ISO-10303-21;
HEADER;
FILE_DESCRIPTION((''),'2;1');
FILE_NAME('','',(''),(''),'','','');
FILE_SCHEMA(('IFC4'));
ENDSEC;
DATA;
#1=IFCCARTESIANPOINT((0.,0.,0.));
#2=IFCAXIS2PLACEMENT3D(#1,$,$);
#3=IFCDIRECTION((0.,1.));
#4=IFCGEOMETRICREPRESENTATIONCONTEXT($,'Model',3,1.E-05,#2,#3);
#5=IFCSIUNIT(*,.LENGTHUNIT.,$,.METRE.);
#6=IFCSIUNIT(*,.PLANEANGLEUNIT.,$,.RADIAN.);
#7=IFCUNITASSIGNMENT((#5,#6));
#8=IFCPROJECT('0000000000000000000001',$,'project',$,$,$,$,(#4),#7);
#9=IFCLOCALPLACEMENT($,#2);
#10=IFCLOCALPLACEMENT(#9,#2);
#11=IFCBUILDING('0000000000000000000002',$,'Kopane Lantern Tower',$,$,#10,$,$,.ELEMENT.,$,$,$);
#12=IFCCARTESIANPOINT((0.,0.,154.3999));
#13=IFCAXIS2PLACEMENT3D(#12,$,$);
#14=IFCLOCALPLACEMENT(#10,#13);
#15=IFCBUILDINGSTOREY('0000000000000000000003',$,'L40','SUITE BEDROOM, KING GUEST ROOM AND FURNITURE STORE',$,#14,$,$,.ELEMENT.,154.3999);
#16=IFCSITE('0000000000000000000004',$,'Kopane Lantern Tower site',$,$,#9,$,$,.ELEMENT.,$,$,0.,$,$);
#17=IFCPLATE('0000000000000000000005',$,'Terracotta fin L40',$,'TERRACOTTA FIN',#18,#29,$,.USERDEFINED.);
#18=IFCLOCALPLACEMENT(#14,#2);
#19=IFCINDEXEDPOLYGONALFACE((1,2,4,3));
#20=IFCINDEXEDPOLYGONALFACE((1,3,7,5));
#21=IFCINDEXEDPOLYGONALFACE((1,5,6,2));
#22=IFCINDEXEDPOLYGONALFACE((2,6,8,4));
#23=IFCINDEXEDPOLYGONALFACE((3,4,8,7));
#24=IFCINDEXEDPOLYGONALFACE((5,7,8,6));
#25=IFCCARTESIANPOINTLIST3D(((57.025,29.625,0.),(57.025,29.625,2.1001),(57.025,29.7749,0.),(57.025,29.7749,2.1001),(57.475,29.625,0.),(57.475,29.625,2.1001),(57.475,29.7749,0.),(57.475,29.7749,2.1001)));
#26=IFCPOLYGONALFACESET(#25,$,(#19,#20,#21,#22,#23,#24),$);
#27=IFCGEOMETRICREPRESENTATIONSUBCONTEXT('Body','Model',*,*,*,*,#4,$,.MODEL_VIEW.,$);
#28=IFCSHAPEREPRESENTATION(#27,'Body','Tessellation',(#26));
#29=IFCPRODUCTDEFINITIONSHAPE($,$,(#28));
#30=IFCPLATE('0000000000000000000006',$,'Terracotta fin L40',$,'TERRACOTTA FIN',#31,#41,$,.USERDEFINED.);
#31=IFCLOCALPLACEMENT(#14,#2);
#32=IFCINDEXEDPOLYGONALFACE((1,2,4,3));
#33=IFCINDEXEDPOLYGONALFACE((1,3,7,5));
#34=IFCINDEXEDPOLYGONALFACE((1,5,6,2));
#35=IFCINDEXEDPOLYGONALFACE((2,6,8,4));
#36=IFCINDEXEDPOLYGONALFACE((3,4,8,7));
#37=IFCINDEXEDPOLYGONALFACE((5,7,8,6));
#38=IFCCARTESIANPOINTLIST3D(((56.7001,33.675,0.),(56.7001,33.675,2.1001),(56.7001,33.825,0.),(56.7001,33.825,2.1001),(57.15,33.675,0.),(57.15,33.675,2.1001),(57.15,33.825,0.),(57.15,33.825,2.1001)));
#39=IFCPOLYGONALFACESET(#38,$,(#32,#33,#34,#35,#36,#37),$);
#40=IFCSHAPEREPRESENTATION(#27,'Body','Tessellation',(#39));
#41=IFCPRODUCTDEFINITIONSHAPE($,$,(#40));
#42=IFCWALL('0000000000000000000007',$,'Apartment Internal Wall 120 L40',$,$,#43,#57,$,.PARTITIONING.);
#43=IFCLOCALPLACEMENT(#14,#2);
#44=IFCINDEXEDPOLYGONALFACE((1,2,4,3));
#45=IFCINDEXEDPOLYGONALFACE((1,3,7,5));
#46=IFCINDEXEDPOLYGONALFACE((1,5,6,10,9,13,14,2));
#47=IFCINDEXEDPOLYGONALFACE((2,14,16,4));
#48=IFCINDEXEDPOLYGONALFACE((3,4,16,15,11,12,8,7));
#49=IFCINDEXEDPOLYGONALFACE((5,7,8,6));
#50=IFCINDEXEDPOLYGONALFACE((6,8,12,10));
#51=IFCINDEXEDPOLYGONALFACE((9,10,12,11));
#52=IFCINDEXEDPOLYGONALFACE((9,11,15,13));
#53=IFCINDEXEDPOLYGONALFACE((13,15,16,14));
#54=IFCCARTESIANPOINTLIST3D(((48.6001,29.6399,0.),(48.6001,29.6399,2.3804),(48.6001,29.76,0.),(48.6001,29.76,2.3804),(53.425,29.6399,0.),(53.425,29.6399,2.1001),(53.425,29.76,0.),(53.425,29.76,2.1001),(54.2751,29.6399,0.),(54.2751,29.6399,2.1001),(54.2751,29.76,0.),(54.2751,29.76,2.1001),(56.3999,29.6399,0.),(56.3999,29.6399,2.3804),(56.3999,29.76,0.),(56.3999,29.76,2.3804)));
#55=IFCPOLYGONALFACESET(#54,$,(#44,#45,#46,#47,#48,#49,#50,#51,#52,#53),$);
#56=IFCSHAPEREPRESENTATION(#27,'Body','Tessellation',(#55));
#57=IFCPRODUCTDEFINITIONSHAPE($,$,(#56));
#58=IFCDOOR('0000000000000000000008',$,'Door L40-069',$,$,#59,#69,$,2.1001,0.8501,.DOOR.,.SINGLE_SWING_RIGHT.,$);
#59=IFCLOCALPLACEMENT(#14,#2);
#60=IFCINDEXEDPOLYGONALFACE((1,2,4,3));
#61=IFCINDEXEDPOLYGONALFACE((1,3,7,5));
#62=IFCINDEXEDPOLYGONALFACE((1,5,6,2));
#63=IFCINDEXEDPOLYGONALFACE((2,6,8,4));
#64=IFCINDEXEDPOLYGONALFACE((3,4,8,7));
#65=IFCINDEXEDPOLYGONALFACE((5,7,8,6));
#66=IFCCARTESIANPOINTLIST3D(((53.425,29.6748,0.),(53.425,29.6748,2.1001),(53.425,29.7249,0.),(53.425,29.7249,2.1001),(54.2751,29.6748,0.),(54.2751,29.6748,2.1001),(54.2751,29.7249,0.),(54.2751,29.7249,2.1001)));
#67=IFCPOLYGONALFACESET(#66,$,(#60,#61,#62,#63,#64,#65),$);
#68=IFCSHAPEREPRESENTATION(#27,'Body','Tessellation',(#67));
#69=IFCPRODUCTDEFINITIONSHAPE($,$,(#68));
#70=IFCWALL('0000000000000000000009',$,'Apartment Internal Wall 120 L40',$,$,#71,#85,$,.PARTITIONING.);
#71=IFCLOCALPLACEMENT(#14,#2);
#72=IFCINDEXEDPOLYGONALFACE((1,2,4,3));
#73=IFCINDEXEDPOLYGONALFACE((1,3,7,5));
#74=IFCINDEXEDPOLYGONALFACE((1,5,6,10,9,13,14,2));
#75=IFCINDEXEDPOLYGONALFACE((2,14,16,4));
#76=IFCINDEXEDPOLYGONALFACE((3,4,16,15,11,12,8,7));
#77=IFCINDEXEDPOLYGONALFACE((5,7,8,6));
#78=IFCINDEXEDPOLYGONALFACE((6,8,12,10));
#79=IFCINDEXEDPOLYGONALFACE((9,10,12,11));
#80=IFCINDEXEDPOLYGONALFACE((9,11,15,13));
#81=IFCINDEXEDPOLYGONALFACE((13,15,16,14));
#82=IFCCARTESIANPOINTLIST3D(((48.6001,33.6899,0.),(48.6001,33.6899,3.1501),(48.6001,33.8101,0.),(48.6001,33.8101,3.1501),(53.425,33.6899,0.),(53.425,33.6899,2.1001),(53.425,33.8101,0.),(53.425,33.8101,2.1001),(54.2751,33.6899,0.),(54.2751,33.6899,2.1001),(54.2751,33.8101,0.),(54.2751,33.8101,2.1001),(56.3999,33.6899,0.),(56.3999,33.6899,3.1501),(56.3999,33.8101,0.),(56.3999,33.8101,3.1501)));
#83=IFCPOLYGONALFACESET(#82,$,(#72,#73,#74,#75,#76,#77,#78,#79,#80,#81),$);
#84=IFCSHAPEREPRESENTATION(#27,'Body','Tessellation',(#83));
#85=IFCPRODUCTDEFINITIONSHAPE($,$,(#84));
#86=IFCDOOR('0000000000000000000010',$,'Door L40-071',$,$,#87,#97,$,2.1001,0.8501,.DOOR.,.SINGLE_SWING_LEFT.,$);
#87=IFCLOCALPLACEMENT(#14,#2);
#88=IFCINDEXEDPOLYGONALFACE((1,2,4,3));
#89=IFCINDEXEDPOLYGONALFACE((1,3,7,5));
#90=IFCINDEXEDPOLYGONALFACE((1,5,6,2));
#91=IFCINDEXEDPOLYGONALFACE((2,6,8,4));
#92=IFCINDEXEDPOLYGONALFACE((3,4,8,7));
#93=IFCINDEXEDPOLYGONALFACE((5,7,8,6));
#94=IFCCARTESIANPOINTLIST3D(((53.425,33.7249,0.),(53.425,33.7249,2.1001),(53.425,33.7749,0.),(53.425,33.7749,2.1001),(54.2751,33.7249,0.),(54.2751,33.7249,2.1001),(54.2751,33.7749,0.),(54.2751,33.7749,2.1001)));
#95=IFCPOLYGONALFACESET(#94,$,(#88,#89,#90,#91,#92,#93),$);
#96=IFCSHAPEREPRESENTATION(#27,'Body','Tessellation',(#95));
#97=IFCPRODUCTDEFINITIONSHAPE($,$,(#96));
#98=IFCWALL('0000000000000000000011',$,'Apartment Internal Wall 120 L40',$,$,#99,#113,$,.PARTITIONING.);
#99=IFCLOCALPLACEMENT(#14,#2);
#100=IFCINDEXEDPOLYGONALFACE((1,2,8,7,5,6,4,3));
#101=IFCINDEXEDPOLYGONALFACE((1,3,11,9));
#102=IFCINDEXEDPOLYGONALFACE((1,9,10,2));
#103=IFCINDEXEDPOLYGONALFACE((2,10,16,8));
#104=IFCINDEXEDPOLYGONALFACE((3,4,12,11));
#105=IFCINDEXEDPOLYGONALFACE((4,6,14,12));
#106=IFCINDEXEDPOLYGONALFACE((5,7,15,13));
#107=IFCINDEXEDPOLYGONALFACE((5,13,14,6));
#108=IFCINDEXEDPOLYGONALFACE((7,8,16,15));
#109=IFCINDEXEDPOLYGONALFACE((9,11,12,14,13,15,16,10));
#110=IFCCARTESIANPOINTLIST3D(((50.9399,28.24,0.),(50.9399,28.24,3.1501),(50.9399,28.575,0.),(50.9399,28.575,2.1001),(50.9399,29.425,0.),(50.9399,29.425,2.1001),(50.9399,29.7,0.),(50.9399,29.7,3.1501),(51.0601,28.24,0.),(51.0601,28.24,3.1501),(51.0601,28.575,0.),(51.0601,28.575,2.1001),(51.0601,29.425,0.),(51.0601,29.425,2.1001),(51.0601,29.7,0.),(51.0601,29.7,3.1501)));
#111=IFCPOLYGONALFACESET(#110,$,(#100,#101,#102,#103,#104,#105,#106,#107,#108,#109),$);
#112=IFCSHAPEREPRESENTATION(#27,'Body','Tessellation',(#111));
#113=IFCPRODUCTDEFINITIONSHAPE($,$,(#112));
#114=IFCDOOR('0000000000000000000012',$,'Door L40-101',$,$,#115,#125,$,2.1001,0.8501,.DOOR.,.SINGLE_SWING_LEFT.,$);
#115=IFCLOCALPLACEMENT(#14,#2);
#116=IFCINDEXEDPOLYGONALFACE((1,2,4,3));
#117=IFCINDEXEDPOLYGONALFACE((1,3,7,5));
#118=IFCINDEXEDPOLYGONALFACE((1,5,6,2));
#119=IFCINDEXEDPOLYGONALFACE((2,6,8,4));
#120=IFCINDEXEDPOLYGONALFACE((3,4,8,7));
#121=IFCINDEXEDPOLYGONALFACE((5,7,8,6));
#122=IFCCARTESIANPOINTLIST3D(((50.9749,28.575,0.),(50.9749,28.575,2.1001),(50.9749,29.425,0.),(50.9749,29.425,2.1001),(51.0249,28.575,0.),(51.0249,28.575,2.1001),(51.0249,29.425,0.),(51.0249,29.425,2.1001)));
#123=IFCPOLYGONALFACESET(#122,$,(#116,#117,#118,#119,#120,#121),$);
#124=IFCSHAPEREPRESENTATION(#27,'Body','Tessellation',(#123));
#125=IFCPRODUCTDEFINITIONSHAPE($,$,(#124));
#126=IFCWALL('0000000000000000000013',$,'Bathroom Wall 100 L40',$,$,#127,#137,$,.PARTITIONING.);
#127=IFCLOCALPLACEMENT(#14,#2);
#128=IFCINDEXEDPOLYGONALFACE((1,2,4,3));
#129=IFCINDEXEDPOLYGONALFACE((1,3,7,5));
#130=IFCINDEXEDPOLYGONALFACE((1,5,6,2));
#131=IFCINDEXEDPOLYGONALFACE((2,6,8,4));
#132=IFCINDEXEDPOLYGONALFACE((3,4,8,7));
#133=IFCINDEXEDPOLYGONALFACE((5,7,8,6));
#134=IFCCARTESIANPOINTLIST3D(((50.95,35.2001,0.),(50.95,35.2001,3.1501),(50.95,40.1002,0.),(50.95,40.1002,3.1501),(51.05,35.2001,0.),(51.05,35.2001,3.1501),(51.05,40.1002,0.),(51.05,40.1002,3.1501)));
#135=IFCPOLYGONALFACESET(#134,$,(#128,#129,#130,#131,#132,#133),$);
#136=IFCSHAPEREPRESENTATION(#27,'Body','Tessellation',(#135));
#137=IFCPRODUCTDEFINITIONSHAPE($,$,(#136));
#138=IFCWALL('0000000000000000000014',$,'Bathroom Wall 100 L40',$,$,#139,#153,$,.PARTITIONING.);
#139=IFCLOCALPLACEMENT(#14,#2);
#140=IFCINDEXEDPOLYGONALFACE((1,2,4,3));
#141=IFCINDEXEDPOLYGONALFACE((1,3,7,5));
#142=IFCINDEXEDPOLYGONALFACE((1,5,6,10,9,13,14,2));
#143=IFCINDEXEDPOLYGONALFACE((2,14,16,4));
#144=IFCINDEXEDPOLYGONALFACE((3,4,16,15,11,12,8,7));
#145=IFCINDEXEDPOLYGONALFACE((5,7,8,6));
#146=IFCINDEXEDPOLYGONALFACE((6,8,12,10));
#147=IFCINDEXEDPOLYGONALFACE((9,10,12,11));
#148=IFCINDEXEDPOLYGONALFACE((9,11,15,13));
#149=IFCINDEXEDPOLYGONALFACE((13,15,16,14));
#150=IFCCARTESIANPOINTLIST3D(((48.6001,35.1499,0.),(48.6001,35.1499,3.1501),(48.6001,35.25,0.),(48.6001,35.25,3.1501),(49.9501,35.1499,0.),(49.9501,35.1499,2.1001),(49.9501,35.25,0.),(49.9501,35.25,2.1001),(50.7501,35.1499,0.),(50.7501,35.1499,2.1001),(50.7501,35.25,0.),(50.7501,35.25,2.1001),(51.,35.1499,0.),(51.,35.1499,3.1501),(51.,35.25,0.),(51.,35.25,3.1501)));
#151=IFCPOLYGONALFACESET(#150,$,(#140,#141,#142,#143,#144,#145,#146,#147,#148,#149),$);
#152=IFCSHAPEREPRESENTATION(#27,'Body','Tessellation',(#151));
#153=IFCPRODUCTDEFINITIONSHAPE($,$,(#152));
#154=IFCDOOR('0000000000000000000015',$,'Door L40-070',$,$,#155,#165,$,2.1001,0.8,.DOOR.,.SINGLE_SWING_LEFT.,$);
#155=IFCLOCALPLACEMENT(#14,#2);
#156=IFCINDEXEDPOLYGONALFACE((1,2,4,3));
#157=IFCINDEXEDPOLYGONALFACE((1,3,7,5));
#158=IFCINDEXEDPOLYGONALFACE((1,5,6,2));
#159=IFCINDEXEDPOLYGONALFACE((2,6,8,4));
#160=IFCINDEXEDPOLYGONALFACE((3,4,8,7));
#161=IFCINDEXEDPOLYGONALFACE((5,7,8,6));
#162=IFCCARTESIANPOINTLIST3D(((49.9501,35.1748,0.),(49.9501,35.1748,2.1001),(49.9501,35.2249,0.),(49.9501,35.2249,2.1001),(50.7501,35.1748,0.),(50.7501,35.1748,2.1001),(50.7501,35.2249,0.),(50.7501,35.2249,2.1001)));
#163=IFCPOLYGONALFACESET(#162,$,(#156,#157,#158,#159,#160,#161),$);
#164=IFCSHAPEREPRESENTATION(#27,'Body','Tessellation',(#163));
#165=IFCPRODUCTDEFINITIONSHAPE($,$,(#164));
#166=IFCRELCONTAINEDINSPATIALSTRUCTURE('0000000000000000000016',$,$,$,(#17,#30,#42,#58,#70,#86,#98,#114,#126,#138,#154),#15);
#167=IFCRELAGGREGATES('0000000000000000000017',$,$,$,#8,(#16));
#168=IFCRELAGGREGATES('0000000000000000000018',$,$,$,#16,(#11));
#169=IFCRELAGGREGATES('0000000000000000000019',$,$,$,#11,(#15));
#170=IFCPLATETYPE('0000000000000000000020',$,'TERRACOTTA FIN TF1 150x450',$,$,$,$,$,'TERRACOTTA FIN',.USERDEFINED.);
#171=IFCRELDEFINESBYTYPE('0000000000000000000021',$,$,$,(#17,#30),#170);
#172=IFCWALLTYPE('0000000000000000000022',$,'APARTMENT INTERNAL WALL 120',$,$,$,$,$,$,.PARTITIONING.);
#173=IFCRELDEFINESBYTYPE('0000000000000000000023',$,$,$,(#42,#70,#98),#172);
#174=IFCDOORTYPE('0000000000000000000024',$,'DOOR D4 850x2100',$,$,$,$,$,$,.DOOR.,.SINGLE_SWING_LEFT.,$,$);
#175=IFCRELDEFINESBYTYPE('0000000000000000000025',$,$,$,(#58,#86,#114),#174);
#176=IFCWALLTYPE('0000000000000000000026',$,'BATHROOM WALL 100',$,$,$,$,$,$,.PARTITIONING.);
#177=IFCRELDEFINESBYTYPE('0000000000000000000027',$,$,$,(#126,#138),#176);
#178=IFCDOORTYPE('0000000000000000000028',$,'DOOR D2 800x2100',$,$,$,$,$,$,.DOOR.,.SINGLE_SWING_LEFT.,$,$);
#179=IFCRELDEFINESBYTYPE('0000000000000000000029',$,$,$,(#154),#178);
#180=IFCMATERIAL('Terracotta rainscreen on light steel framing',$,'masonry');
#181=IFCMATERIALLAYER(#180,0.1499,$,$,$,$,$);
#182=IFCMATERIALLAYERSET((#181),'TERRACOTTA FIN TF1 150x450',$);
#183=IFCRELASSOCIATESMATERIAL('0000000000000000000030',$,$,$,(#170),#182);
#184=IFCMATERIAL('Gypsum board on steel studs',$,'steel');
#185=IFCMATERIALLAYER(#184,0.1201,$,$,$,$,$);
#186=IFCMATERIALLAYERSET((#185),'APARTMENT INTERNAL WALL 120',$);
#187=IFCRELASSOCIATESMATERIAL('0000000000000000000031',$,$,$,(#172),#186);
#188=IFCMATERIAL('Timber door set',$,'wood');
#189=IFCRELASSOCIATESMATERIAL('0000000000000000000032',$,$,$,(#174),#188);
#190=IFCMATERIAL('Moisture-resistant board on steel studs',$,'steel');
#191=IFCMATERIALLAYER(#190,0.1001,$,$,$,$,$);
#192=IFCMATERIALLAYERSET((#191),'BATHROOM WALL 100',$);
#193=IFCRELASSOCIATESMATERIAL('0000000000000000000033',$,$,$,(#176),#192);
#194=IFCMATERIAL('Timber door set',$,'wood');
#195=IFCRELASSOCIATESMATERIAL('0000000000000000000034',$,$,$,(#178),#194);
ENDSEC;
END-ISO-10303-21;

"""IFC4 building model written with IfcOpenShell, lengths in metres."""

from ifc_helpers import new_model, si_unit, direction, frame, frame_2d, origin, origin_2d, place, context, subcontext, project, spatial, rectangle, extrude, material, layer, layer_set, type_object, element, fill, save


model = new_model("IFC4")

# Units and contexts
model_context = context("Model", 3, precision=1e-05, world=origin(), true_north=direction((0.0, 1.0)))
body_context = subcontext(model_context, "Body", "Model", "MODEL_VIEW")
ifc_project = project(units=[si_unit("LENGTHUNIT", "METRE"), si_unit("PLANEANGLEUNIT", "RADIAN")], contexts=[model_context])

# Site, building, storey
site_placement = place(None, origin())
site = spatial("IfcSite", under=ifc_project, at=site_placement, Name="Kopane Lantern Tower site", CompositionType="ELEMENT", RefElevation=0.0)
building_placement = place(site_placement, origin())
building = spatial("IfcBuilding", under=site, at=building_placement, Name="Kopane Lantern Tower", CompositionType="ELEMENT")
storey_placement = place(building_placement, frame((0.0, 0.0, 154.3999)))
storey = spatial("IfcBuildingStorey", under=building, at=storey_placement, Name="L40", Description="SUITE BEDROOM, KING GUEST ROOM AND FURNITURE STORE", CompositionType="ELEMENT", Elevation=154.3999)

# Plates
ifc_material_1 = material(Name="Terracotta rainscreen on light steel framing", Category="masonry")
ifc_layer_1 = layer(ifc_material_1, 0.1499)
ifc_layer_set_1 = layer_set([ifc_layer_1], Name="TERRACOTTA FIN TF1 150x450")
plate_type = type_object("IfcPlateType", Name="TERRACOTTA FIN TF1 150x450", ElementType="TERRACOTTA FIN", PredefinedType="USERDEFINED", material=ifc_layer_set_1)
for number, where, z_axis, x_axis, name in (
    (1, (57.25, 29.7, 0.0), (0.0, 0.0, 1.0), (0.0, 1.0, 0.0), "Terracotta fin L40"),
    (2, (56.925, 33.75, 0.0), (0.0, 0.0, 1.0), (0.0, 1.0, 0.0), "Terracotta fin L40"),
):
    element("IfcPlate", number, at=place(storey_placement, frame(where, z_axis=z_axis, x_axis=x_axis)), inside=storey, type_object=plate_type, Name=name, ObjectType="TERRACOTTA FIN", PredefinedType="USERDEFINED", context=body_context, shape_type="SweptSolid", body=[
        extrude(rectangle(XDim=0.1499, YDim=0.45, at=origin_2d()), origin(), (0.0, 0.0, 1.0), 2.1001),
    ])

# Walls, openings, doors
ifc_material_2 = material(Name="Gypsum board on steel studs", Category="steel")
ifc_layer_2 = layer(ifc_material_2, 0.1201)
ifc_layer_set_2 = layer_set([ifc_layer_2], Name="APARTMENT INTERNAL WALL 120")
wall_type_1 = type_object("IfcWallType", Name="APARTMENT INTERNAL WALL 120", PredefinedType="PARTITIONING", material=ifc_layer_set_2)
wall_1_placement = place(storey_placement, frame((48.6001, 29.7, 0.0), z_axis=(0.0, 0.0, 1.0), x_axis=(1.0, 0.0, 0.0)))
wall_1 = element("IfcWall", 3, at=wall_1_placement, inside=storey, type_object=wall_type_1, Name="Apartment Internal Wall 120 L40", PredefinedType="PARTITIONING", context=body_context, shape_type="SweptSolid", body=[
    extrude(rectangle(XDim=7.7998, YDim=0.1201, at=frame_2d((3.8999, 0.0))), origin(), (0.0, 0.0, 1.0), 2.3804),
])
opening_1_placement = place(wall_1_placement, frame((4.825, 0.0, 0.0)))
opening_1 = element("IfcOpeningElement", 4, at=opening_1_placement, cuts=wall_1, PredefinedType="OPENING", context=body_context, shape_type="SweptSolid", body=[
    extrude(rectangle(XDim=0.8501, YDim=2.1001, at=frame_2d((0.425, 1.05))), frame((0.0, 0.0701, 0.0), z_axis=(0.0, -1.0, 0.0), x_axis=(1.0, 0.0, 0.0)), (0.0, 0.0, 1.0), 0.1401),
])
ifc_material_3 = material(Name="Timber door set", Category="wood")
door_type_1 = type_object("IfcDoorType", Name="DOOR D4 850x2100", OperationType="SINGLE_SWING_LEFT", PredefinedType="DOOR", material=ifc_material_3)
door_1_placement = place(opening_1_placement, origin())
door_1 = element("IfcDoor", 5, at=door_1_placement, inside=storey, type_object=door_type_1, Name="Door L40-069", OperationType="SINGLE_SWING_RIGHT", OverallHeight=2.1001, OverallWidth=0.8501, PredefinedType="DOOR", context=body_context, shape_type="SweptSolid", body=[
    extrude(rectangle(XDim=0.8501, YDim=2.1001, at=frame_2d((0.425, 1.05))), frame((0.0, 0.0249, 0.0), z_axis=(0.0, -1.0, 0.0), x_axis=(1.0, 0.0, 0.0)), (0.0, 0.0, 1.0), 0.05),
])
fill(opening_1, door_1)
wall_2_placement = place(storey_placement, frame((48.6001, 33.75, 0.0), z_axis=(0.0, 0.0, 1.0), x_axis=(1.0, 0.0, 0.0)))
wall_2 = element("IfcWall", 6, at=wall_2_placement, inside=storey, type_object=wall_type_1, Name="Apartment Internal Wall 120 L40", PredefinedType="PARTITIONING", context=body_context, shape_type="SweptSolid", body=[
    extrude(rectangle(XDim=7.7998, YDim=0.1201, at=frame_2d((3.8999, 0.0))), origin(), (0.0, 0.0, 1.0), 3.1501),
])
opening_2_placement = place(wall_2_placement, frame((4.825, 0.0, 0.0)))
opening_2 = element("IfcOpeningElement", 7, at=opening_2_placement, cuts=wall_2, PredefinedType="OPENING", context=body_context, shape_type="SweptSolid", body=[
    extrude(rectangle(XDim=0.8501, YDim=2.1001, at=frame_2d((0.425, 1.05))), frame((0.0, 0.0701, 0.0), z_axis=(0.0, -1.0, 0.0), x_axis=(1.0, 0.0, 0.0)), (0.0, 0.0, 1.0), 0.1401),
])
door_2_placement = place(opening_2_placement, origin())
door_2 = element("IfcDoor", 8, at=door_2_placement, inside=storey, type_object=door_type_1, Name="Door L40-071", OperationType="SINGLE_SWING_LEFT", OverallHeight=2.1001, OverallWidth=0.8501, PredefinedType="DOOR", context=body_context, shape_type="SweptSolid", body=[
    extrude(rectangle(XDim=0.8501, YDim=2.1001, at=frame_2d((0.425, 1.05))), frame((0.0, 0.0249, 0.0), z_axis=(0.0, -1.0, 0.0), x_axis=(1.0, 0.0, 0.0)), (0.0, 0.0, 1.0), 0.05),
])
fill(opening_2, door_2)
wall_3_placement = place(storey_placement, frame((51.0, 29.7, 0.0), z_axis=(0.0, 0.0, 1.0), x_axis=(0.0, -1.0, 0.0)))
wall_3 = element("IfcWall", 9, at=wall_3_placement, inside=storey, type_object=wall_type_1, Name="Apartment Internal Wall 120 L40", PredefinedType="PARTITIONING", context=body_context, shape_type="SweptSolid", body=[
    extrude(rectangle(XDim=1.46, YDim=0.1201, at=frame_2d((0.73, 0.0))), origin(), (0.0, 0.0, 1.0), 3.1501),
])
opening_3_placement = place(wall_3_placement, frame((0.2749, 0.0, 0.0)))
opening_3 = element("IfcOpeningElement", 10, at=opening_3_placement, cuts=wall_3, PredefinedType="OPENING", context=body_context, shape_type="SweptSolid", body=[
    extrude(rectangle(XDim=0.8501, YDim=2.1001, at=frame_2d((0.425, 1.05))), frame((0.0, 0.0701, 0.0), z_axis=(0.0, -1.0, 0.0), x_axis=(1.0, 0.0, 0.0)), (0.0, 0.0, 1.0), 0.1401),
])
door_3_placement = place(opening_3_placement, origin())
door_3 = element("IfcDoor", 11, at=door_3_placement, inside=storey, type_object=door_type_1, Name="Door L40-101", OperationType="SINGLE_SWING_LEFT", OverallHeight=2.1001, OverallWidth=0.8501, PredefinedType="DOOR", context=body_context, shape_type="SweptSolid", body=[
    extrude(rectangle(XDim=0.8501, YDim=2.1001, at=frame_2d((0.425, 1.05))), frame((0.0, 0.0249, 0.0), z_axis=(0.0, -1.0, 0.0), x_axis=(1.0, 0.0, 0.0)), (0.0, 0.0, 1.0), 0.05),
])
fill(opening_3, door_3)

# Wall
ifc_material_4 = material(Name="Moisture-resistant board on steel studs", Category="steel")
ifc_layer_3 = layer(ifc_material_4, 0.1001)
ifc_layer_set_3 = layer_set([ifc_layer_3], Name="BATHROOM WALL 100")
wall_type_2 = type_object("IfcWallType", Name="BATHROOM WALL 100", PredefinedType="PARTITIONING", material=ifc_layer_set_3)
wall_4_placement = place(storey_placement, frame((51.0, 35.2, 0.0), z_axis=(0.0, 0.0, 1.0), x_axis=(0.0, 1.0, 0.0)))
element("IfcWall", 12, at=wall_4_placement, inside=storey, type_object=wall_type_2, Name="Bathroom Wall 100 L40", PredefinedType="PARTITIONING", context=body_context, shape_type="SweptSolid", body=[
    extrude(rectangle(XDim=4.9001, YDim=0.1001, at=frame_2d((2.4502, 0.0))), origin(), (0.0, 0.0, 1.0), 3.1501),
])

# Wall, opening, door
wall_5_placement = place(storey_placement, frame((48.6001, 35.2, 0.0), z_axis=(0.0, 0.0, 1.0), x_axis=(1.0, 0.0, 0.0)))
wall_5 = element("IfcWall", 13, at=wall_5_placement, inside=storey, type_object=wall_type_2, Name="Bathroom Wall 100 L40", PredefinedType="PARTITIONING", context=body_context, shape_type="SweptSolid", body=[
    extrude(rectangle(XDim=2.3999, YDim=0.1001, at=frame_2d((1.2, 0.0))), origin(), (0.0, 0.0, 1.0), 3.1501),
])
opening_4_placement = place(wall_5_placement, frame((1.3501, 0.0, 0.0)))
opening_4 = element("IfcOpeningElement", 14, at=opening_4_placement, cuts=wall_5, PredefinedType="OPENING", context=body_context, shape_type="SweptSolid", body=[
    extrude(rectangle(XDim=0.8, YDim=2.1001, at=frame_2d((0.3999, 1.05))), frame((0.0, 0.0601, 0.0), z_axis=(0.0, -1.0, 0.0), x_axis=(1.0, 0.0, 0.0)), (0.0, 0.0, 1.0), 0.1201),
])
ifc_material_5 = material(Name="Timber door set", Category="wood")
door_type_2 = type_object("IfcDoorType", Name="DOOR D2 800x2100", OperationType="SINGLE_SWING_LEFT", PredefinedType="DOOR", material=ifc_material_5)
door_4_placement = place(opening_4_placement, origin())
door_4 = element("IfcDoor", 15, at=door_4_placement, inside=storey, type_object=door_type_2, Name="Door L40-070", OperationType="SINGLE_SWING_LEFT", OverallHeight=2.1001, OverallWidth=0.8, PredefinedType="DOOR", context=body_context, shape_type="SweptSolid", body=[
    extrude(rectangle(XDim=0.8, YDim=2.1001, at=frame_2d((0.3999, 1.05))), frame((0.0, 0.0249, 0.0), z_axis=(0.0, -1.0, 0.0), x_axis=(1.0, 0.0, 0.0)), (0.0, 0.0, 1.0), 0.05),
])
fill(opening_4, door_4)

save(model, "model.ifc")
